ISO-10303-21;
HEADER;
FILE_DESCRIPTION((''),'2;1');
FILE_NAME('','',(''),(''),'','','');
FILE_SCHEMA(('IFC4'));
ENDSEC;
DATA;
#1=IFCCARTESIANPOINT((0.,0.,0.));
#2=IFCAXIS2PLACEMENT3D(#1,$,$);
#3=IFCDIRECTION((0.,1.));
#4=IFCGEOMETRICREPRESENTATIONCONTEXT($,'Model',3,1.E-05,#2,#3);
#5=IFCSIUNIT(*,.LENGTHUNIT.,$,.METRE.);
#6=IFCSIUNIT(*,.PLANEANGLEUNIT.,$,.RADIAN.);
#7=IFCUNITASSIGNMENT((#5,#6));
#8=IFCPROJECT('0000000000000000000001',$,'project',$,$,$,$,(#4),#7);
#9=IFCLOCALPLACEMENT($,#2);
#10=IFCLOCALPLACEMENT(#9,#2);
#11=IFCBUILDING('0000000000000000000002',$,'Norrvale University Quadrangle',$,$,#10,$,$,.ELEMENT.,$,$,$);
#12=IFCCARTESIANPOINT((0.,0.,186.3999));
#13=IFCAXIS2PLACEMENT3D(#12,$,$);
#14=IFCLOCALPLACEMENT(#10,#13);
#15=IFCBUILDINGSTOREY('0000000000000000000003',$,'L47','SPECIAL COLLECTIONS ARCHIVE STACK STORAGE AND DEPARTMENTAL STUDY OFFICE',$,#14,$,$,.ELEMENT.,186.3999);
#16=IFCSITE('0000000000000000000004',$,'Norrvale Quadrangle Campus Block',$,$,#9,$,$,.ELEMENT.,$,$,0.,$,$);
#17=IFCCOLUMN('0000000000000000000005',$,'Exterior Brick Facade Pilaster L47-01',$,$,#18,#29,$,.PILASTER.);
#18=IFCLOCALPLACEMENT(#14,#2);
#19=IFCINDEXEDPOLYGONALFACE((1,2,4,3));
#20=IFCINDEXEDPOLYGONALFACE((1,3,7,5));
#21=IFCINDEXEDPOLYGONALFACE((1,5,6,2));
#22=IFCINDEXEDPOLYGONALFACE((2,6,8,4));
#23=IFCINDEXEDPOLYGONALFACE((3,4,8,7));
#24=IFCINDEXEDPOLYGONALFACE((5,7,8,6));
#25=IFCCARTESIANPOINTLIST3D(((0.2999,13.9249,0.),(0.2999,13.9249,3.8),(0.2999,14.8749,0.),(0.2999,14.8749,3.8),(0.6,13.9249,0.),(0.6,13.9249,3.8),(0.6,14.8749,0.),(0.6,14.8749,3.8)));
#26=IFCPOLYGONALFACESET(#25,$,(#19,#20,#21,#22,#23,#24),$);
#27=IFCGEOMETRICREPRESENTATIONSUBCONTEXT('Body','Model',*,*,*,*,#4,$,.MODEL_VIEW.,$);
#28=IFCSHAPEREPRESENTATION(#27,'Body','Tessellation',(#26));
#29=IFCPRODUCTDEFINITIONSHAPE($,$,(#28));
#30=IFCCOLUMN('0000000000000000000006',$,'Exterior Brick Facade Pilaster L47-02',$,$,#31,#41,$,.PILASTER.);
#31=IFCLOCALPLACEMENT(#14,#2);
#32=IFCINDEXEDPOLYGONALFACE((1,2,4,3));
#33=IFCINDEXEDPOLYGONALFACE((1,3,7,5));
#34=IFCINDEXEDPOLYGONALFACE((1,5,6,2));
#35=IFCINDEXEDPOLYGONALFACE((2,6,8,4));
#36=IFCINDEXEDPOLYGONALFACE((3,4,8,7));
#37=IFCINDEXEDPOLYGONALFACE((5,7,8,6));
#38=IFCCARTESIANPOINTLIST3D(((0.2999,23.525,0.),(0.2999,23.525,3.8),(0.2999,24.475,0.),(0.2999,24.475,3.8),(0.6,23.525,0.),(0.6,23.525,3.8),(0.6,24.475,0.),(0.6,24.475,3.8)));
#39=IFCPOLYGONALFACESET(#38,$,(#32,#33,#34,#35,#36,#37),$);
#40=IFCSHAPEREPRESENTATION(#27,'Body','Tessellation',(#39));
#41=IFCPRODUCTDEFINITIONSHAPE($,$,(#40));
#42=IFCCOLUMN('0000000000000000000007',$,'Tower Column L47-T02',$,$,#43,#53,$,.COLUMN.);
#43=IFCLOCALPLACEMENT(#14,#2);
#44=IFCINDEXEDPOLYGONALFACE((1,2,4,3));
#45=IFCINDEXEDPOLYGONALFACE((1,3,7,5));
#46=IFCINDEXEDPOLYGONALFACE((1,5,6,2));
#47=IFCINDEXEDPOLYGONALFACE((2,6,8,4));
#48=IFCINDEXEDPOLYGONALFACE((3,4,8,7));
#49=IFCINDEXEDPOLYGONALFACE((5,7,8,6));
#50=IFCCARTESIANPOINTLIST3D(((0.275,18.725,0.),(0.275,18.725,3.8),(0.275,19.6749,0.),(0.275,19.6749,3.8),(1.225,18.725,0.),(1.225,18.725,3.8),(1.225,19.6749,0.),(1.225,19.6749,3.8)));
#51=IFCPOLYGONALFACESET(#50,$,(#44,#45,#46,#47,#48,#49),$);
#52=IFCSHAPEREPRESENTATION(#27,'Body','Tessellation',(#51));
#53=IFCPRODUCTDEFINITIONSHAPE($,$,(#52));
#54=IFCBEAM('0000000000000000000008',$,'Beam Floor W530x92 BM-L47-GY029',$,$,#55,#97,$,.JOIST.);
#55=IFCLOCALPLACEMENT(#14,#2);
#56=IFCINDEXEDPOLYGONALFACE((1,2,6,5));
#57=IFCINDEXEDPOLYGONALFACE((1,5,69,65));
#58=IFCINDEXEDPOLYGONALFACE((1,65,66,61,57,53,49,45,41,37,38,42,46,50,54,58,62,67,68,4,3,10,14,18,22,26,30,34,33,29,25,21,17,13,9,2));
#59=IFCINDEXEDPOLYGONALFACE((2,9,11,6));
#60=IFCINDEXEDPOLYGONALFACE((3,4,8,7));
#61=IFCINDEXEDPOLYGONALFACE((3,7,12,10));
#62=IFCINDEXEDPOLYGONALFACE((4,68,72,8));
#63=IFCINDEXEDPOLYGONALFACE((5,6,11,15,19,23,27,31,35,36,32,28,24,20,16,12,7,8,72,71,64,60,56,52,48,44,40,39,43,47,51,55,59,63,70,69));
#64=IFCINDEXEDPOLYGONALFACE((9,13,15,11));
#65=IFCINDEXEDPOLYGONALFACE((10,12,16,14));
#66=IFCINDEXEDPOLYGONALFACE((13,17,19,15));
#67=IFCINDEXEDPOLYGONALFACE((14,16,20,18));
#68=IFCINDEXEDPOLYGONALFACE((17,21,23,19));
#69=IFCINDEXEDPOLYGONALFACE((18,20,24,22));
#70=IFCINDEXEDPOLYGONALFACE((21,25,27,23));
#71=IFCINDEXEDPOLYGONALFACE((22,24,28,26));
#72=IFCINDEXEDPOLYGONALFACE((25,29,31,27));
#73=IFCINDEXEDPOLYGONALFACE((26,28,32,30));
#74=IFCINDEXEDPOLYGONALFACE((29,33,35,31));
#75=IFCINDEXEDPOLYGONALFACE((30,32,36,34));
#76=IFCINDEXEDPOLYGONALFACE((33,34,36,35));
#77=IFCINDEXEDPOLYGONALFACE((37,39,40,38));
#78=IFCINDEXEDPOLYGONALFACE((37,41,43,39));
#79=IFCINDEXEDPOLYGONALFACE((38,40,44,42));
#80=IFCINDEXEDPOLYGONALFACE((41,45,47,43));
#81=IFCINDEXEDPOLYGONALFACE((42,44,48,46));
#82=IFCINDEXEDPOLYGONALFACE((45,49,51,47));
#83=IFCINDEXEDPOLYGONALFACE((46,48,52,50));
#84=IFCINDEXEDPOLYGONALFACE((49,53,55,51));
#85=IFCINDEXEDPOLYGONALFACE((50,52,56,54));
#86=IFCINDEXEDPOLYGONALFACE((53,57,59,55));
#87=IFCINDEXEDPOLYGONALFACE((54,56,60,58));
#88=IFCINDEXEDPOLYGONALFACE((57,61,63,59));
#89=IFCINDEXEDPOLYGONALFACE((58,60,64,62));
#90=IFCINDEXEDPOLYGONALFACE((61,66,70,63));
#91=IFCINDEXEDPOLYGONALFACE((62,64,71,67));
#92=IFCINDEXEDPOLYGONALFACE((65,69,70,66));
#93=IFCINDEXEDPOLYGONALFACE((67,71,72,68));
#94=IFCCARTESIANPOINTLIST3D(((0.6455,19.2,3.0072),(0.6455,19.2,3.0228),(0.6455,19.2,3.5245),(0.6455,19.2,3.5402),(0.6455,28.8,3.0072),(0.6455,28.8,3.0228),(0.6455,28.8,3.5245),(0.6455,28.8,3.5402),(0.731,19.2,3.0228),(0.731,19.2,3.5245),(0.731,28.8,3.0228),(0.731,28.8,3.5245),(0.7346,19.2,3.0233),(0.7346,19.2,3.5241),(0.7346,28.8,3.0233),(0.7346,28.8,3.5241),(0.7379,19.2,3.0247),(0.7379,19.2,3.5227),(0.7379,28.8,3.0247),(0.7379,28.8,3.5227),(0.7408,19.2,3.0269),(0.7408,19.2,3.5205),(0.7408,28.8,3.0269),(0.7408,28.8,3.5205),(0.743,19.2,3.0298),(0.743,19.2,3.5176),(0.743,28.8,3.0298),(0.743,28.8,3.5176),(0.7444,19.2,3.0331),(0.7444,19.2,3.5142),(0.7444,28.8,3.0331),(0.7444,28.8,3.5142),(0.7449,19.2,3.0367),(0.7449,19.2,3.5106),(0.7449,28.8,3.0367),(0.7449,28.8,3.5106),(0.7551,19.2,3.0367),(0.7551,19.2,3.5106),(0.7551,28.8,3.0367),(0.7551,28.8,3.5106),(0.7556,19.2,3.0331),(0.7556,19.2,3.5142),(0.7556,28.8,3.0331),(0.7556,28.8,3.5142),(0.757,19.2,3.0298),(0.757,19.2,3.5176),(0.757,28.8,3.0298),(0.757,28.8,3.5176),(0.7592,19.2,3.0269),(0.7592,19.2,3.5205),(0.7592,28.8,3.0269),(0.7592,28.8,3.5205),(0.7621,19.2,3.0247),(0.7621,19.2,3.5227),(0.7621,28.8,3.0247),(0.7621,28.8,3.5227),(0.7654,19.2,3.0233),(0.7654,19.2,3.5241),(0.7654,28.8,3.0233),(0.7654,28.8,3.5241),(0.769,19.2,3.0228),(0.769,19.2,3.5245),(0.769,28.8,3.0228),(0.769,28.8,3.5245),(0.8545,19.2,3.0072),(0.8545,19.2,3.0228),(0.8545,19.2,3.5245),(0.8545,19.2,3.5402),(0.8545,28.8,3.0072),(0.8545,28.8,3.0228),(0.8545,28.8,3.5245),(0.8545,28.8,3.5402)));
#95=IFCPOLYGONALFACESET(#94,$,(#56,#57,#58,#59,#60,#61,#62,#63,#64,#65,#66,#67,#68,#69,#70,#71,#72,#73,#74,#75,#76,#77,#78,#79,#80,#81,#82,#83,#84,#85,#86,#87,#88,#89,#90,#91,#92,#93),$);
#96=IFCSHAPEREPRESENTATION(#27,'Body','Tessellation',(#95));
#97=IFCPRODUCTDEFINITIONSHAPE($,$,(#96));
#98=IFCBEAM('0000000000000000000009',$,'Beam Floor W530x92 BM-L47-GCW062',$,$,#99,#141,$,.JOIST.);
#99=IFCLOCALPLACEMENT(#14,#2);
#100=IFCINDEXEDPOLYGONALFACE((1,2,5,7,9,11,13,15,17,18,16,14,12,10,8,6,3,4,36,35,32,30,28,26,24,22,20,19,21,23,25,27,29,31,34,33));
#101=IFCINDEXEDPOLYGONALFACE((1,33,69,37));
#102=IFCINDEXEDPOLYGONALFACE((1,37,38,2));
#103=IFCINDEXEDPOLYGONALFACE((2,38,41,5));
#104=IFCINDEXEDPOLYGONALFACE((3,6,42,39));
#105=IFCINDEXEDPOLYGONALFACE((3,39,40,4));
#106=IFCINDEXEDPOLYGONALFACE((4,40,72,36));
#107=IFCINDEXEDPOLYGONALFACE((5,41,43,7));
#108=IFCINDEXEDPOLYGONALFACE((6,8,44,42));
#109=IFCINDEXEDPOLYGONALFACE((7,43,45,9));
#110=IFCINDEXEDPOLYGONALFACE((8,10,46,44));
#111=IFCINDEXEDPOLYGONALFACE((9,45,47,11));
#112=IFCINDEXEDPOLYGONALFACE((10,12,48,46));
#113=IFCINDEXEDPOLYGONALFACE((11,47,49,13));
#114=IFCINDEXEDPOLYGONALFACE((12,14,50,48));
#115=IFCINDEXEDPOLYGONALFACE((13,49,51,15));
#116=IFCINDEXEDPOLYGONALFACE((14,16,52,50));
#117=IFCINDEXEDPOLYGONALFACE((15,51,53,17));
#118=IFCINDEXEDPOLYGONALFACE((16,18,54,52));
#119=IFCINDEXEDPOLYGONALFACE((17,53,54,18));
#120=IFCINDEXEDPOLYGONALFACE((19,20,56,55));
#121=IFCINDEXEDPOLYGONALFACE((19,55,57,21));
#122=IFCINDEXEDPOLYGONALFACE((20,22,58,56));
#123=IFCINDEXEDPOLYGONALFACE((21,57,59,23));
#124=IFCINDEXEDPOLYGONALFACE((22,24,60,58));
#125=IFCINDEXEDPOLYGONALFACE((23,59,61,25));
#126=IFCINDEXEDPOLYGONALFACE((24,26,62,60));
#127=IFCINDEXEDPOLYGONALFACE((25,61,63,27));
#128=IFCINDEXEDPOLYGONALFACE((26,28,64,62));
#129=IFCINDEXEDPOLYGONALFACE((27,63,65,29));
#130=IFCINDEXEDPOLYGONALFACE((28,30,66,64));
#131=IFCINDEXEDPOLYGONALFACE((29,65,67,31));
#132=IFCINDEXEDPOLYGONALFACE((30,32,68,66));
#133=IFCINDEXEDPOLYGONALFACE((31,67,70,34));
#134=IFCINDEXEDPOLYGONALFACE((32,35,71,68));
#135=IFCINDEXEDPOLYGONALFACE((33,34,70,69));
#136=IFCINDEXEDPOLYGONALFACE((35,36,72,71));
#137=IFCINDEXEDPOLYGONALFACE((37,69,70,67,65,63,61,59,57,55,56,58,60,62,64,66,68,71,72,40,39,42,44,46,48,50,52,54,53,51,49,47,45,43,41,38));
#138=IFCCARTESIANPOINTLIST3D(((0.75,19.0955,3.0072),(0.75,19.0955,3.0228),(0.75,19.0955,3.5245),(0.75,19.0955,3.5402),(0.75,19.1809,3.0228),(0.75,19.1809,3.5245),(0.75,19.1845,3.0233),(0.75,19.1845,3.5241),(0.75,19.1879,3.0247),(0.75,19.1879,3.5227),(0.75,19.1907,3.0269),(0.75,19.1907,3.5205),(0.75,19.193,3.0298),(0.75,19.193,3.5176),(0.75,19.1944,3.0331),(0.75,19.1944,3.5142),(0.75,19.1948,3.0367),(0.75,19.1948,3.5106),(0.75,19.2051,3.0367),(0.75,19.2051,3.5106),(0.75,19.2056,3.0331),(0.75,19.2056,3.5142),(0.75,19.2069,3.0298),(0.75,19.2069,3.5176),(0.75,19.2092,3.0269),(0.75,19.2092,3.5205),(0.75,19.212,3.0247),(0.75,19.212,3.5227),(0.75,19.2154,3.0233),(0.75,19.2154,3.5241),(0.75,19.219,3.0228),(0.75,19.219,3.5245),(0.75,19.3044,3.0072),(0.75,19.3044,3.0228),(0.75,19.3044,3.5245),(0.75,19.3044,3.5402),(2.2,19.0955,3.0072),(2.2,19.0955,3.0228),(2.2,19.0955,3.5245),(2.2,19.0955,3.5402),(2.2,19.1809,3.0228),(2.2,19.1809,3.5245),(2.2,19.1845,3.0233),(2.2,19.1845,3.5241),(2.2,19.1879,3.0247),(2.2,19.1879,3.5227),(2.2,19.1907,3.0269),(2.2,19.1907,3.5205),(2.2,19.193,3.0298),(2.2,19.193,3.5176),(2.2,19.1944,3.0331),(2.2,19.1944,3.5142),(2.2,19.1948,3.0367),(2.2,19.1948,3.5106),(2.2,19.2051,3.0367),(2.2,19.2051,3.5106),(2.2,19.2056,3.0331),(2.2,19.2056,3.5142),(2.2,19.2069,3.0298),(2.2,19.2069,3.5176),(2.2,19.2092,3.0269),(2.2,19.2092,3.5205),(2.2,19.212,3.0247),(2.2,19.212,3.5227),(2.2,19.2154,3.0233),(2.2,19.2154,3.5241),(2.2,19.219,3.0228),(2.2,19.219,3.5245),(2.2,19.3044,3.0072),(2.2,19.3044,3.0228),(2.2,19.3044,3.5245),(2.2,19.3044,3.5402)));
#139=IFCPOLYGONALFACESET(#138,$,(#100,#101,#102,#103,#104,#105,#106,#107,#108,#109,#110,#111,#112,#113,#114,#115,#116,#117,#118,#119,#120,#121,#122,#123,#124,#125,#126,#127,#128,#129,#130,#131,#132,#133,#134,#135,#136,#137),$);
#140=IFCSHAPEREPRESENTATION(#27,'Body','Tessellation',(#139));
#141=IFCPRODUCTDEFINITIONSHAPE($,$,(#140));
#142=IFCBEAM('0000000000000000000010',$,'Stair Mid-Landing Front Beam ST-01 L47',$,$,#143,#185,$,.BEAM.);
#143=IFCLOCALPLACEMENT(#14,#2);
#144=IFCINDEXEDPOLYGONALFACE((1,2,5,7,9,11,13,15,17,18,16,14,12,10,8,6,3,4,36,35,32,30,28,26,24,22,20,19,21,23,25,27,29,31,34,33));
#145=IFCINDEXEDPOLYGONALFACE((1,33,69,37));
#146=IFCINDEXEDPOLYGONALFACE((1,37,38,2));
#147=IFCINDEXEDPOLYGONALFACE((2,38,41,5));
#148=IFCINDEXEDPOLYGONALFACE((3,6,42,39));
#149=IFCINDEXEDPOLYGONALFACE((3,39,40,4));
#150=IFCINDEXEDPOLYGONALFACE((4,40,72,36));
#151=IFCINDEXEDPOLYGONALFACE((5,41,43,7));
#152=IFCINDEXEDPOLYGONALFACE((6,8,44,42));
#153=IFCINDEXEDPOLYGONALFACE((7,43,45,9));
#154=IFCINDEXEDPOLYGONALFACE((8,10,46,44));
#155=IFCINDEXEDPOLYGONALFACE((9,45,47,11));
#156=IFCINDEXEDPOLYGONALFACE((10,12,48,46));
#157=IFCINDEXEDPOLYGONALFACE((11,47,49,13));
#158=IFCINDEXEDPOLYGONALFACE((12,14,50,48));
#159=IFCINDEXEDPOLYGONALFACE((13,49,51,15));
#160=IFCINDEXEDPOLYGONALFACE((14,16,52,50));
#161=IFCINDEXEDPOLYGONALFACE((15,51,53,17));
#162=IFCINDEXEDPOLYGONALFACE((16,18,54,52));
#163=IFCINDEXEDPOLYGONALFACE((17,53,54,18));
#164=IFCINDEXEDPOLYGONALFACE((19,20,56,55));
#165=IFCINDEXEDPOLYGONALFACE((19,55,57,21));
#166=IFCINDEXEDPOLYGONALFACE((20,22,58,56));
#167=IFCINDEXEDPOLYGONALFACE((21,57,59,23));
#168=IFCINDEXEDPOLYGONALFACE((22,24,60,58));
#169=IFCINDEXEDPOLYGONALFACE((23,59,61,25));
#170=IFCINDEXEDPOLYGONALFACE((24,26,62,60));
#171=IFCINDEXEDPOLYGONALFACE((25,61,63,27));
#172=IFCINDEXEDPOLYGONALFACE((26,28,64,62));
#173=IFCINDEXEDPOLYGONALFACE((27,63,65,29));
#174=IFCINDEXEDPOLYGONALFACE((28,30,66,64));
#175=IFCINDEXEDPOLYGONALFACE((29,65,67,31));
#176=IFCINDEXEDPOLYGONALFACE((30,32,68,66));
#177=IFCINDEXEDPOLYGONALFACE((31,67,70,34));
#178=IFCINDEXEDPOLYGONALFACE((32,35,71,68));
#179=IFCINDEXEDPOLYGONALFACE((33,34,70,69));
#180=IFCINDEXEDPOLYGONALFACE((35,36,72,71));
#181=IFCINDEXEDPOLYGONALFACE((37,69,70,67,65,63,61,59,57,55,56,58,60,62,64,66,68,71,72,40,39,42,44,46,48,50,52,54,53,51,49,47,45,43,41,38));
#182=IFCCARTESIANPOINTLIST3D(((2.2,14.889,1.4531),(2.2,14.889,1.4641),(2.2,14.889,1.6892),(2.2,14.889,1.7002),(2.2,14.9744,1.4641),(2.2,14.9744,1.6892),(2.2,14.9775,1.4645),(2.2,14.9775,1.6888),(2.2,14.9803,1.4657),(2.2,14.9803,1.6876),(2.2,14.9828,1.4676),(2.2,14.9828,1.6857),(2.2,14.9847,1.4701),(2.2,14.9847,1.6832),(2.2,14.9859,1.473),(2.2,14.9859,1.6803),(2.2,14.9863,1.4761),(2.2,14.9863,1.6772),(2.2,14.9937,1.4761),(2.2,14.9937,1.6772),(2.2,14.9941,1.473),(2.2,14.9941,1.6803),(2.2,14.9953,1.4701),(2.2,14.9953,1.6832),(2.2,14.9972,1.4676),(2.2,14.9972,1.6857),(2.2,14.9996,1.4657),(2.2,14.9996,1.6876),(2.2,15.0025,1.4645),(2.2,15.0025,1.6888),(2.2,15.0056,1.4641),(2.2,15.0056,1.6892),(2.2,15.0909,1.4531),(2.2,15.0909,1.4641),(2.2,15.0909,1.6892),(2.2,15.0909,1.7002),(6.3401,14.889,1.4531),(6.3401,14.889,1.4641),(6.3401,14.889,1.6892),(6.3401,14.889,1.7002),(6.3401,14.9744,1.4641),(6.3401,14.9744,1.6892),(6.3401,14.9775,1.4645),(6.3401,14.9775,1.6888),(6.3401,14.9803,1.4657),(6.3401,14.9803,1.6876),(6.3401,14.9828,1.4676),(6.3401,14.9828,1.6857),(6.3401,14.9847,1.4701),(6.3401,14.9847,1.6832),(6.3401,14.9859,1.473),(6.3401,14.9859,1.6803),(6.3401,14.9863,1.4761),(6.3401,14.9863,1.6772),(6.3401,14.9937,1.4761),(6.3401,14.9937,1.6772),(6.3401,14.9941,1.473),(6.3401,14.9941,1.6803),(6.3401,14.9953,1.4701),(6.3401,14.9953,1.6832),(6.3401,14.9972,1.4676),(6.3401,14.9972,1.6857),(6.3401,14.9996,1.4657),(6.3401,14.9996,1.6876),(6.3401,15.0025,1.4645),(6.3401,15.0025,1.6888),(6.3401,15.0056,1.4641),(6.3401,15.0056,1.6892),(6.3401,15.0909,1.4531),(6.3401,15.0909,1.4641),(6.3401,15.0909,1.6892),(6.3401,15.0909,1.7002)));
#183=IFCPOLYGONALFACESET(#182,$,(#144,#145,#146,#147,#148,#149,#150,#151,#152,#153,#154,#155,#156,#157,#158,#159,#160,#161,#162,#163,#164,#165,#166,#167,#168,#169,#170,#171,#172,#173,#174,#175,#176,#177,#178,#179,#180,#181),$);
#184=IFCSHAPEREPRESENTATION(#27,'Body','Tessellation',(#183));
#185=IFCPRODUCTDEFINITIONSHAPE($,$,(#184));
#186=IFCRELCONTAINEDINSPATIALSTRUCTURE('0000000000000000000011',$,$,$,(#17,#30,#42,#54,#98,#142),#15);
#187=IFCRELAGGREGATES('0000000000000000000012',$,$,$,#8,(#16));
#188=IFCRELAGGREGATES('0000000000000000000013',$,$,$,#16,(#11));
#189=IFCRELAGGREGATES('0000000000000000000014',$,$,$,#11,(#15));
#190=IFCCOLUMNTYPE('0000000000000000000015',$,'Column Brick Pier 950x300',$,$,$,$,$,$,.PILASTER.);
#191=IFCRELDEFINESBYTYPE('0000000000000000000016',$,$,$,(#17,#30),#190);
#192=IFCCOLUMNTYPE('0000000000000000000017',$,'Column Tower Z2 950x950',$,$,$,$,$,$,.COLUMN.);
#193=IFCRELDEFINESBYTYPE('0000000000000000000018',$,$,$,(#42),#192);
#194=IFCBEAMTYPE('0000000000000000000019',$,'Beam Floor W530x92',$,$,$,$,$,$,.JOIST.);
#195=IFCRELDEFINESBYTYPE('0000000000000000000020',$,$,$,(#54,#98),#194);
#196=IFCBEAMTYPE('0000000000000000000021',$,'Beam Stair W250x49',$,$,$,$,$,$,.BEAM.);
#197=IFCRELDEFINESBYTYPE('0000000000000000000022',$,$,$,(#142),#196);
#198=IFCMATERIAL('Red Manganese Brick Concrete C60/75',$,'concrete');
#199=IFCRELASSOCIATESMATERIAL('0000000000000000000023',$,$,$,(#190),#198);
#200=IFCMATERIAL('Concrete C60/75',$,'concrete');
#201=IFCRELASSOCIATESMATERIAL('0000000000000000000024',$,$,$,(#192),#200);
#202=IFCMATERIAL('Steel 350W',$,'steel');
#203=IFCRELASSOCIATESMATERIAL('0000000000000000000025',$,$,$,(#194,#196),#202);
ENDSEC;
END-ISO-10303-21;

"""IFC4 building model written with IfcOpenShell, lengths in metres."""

from ifc_helpers import new_model, si_unit, direction, frame, origin, origin_2d, place, context, subcontext, project, spatial, rectangle, i_section, extrude, material, material_profile, profile_set, type_object, element, save


model = new_model("IFC4")

# Units and contexts
model_context = context("Model", 3, precision=1e-05, world=origin(), true_north=direction((0.0, 1.0)))
body_context = subcontext(model_context, "Body", "Model", "MODEL_VIEW")
ifc_project = project(units=[si_unit("LENGTHUNIT", "METRE"), si_unit("PLANEANGLEUNIT", "RADIAN")], contexts=[model_context])

# Site, building, storey
site_placement = place(None, origin())
site = spatial("IfcSite", under=ifc_project, at=site_placement, Name="Norrvale Quadrangle Campus Block", CompositionType="ELEMENT", RefElevation=0.0)
building_placement = place(site_placement, origin())
building = spatial("IfcBuilding", under=site, at=building_placement, Name="Norrvale University Quadrangle", CompositionType="ELEMENT")
storey_placement = place(building_placement, frame((0.0, 0.0, 186.3999)))
storey = spatial("IfcBuildingStorey", under=building, at=storey_placement, Name="L47", Description="SPECIAL COLLECTIONS ARCHIVE STACK STORAGE AND DEPARTMENTAL STUDY OFFICE", CompositionType="ELEMENT", Elevation=186.3999)

# Columns
ifc_material_1 = material(Name="Red Manganese Brick Concrete C60/75", Category="concrete")
ifc_material_profile_1 = material_profile(ifc_material_1, rectangle(XDim=0.95, YDim=0.3, at=origin_2d()), Name="Red Manganese Brick Concrete C60/75")
ifc_profile_set_1 = profile_set([ifc_material_profile_1], Name="Red Manganese Brick Concrete C60/75")
column_type_1 = type_object("IfcColumnType", Name="Column Brick Pier 950x300", PredefinedType="PILASTER", material=ifc_profile_set_1)
for number, where, z_axis, x_axis, name in (
    (1, (0.45, 14.3999, 0.0), (0.0, 0.0, 1.0), (0.0, 1.0, 0.0), "Exterior Brick Facade Pilaster L47-01"),
    (2, (0.45, 24.0, 0.0), (0.0, 0.0, 1.0), (0.0, 1.0, 0.0), "Exterior Brick Facade Pilaster L47-02"),
):
    element("IfcColumn", number, at=place(storey_placement, frame(where, z_axis=z_axis, x_axis=x_axis)), inside=storey, type_object=column_type_1, Name=name, PredefinedType="PILASTER", context=body_context, shape_type="SweptSolid", body=[
        extrude(rectangle(XDim=0.95, YDim=0.3, at=origin_2d()), origin(), (0.0, 0.0, 1.0), 3.8),
    ])
ifc_material_2 = material(Name="Concrete C60/75", Category="concrete")
ifc_material_profile_2 = material_profile(ifc_material_2, rectangle(XDim=0.95, YDim=0.95, at=origin_2d()), Name="Concrete C60/75")
ifc_profile_set_2 = profile_set([ifc_material_profile_2], Name="Concrete C60/75")
column_type_2 = type_object("IfcColumnType", Name="Column Tower Z2 950x950", PredefinedType="COLUMN", material=ifc_profile_set_2)
column_placement = place(storey_placement, frame((0.75, 19.2, 0.0), z_axis=(0.0, 0.0, 1.0), x_axis=(1.0, 0.0, 0.0)))
element("IfcColumn", 3, at=column_placement, inside=storey, type_object=column_type_2, Name="Tower Column L47-T02", PredefinedType="COLUMN", context=body_context, shape_type="SweptSolid", body=[
    extrude(rectangle(XDim=0.95, YDim=0.95, at=origin_2d()), origin(), (0.0, 0.0, 1.0), 3.8),
])

# Beams
ifc_material_3 = material(Name="Steel 350W", Category="steel")
ifc_material_profile_3 = material_profile(ifc_material_3, i_section(OverallWidth=0.209, OverallDepth=0.533, WebThickness=0.0103, FlangeThickness=0.0156, FilletRadius=0.0139, at=origin_2d()), Name="Steel 350W")
ifc_profile_set_3 = profile_set([ifc_material_profile_3], Name="Steel 350W")
beam_type_1 = type_object("IfcBeamType", Name="Beam Floor W530x92", PredefinedType="JOIST", material=ifc_profile_set_3)
beam_1_placement = place(storey_placement, frame((0.75, 19.2, 3.2737), z_axis=(0.0, 1.0, 0.0), x_axis=(-1.0, 0.0, 0.0)))
element("IfcBeam", 4, at=beam_1_placement, inside=storey, type_object=beam_type_1, Name="Beam Floor W530x92 BM-L47-GY029", PredefinedType="JOIST", context=body_context, shape_type="SweptSolid", body=[
    extrude(i_section(OverallWidth=0.209, OverallDepth=0.533, WebThickness=0.0103, FlangeThickness=0.0156, FilletRadius=0.0139, at=origin_2d()), origin(), (0.0, 0.0, 1.0), 9.6001),
])
beam_2_placement = place(storey_placement, frame((0.75, 19.2, 3.2737), z_axis=(1.0, 0.0, 0.0), x_axis=(0.0, 1.0, 0.0)))
element("IfcBeam", 5, at=beam_2_placement, inside=storey, type_object=beam_type_1, Name="Beam Floor W530x92 BM-L47-GCW062", PredefinedType="JOIST", context=body_context, shape_type="SweptSolid", body=[
    extrude(i_section(OverallWidth=0.209, OverallDepth=0.533, WebThickness=0.0103, FlangeThickness=0.0156, FilletRadius=0.0139, at=origin_2d()), origin(), (0.0, 0.0, 1.0), 1.45),
])
ifc_material_profile_4 = material_profile(ifc_material_3, i_section(OverallWidth=0.2019, OverallDepth=0.2471, WebThickness=0.0073, FlangeThickness=0.011, FilletRadius=0.012, at=origin_2d()), Name="Steel 350W")
ifc_profile_set_4 = profile_set([ifc_material_profile_4], Name="Steel 350W")
beam_type_2 = type_object("IfcBeamType", Name="Beam Stair W250x49", PredefinedType="BEAM", material=ifc_profile_set_4)
for number, where, z_axis, x_axis, name in (
    (6, (2.2, 14.99, 1.5767), (1.0, 0.0, 0.0), (0.0, 1.0, 0.0), "Stair Mid-Landing Front Beam ST-01 L47"),
):
    element("IfcBeam", number, at=place(storey_placement, frame(where, z_axis=z_axis, x_axis=x_axis)), inside=storey, type_object=beam_type_2, Name=name, PredefinedType="BEAM", context=body_context, shape_type="SweptSolid", body=[
        extrude(i_section(OverallWidth=0.2019, OverallDepth=0.2471, WebThickness=0.0073, FlangeThickness=0.011, FilletRadius=0.012, at=origin_2d()), origin(), (0.0, 0.0, 1.0), 4.1401),
    ])

save(model, "model.ifc")
